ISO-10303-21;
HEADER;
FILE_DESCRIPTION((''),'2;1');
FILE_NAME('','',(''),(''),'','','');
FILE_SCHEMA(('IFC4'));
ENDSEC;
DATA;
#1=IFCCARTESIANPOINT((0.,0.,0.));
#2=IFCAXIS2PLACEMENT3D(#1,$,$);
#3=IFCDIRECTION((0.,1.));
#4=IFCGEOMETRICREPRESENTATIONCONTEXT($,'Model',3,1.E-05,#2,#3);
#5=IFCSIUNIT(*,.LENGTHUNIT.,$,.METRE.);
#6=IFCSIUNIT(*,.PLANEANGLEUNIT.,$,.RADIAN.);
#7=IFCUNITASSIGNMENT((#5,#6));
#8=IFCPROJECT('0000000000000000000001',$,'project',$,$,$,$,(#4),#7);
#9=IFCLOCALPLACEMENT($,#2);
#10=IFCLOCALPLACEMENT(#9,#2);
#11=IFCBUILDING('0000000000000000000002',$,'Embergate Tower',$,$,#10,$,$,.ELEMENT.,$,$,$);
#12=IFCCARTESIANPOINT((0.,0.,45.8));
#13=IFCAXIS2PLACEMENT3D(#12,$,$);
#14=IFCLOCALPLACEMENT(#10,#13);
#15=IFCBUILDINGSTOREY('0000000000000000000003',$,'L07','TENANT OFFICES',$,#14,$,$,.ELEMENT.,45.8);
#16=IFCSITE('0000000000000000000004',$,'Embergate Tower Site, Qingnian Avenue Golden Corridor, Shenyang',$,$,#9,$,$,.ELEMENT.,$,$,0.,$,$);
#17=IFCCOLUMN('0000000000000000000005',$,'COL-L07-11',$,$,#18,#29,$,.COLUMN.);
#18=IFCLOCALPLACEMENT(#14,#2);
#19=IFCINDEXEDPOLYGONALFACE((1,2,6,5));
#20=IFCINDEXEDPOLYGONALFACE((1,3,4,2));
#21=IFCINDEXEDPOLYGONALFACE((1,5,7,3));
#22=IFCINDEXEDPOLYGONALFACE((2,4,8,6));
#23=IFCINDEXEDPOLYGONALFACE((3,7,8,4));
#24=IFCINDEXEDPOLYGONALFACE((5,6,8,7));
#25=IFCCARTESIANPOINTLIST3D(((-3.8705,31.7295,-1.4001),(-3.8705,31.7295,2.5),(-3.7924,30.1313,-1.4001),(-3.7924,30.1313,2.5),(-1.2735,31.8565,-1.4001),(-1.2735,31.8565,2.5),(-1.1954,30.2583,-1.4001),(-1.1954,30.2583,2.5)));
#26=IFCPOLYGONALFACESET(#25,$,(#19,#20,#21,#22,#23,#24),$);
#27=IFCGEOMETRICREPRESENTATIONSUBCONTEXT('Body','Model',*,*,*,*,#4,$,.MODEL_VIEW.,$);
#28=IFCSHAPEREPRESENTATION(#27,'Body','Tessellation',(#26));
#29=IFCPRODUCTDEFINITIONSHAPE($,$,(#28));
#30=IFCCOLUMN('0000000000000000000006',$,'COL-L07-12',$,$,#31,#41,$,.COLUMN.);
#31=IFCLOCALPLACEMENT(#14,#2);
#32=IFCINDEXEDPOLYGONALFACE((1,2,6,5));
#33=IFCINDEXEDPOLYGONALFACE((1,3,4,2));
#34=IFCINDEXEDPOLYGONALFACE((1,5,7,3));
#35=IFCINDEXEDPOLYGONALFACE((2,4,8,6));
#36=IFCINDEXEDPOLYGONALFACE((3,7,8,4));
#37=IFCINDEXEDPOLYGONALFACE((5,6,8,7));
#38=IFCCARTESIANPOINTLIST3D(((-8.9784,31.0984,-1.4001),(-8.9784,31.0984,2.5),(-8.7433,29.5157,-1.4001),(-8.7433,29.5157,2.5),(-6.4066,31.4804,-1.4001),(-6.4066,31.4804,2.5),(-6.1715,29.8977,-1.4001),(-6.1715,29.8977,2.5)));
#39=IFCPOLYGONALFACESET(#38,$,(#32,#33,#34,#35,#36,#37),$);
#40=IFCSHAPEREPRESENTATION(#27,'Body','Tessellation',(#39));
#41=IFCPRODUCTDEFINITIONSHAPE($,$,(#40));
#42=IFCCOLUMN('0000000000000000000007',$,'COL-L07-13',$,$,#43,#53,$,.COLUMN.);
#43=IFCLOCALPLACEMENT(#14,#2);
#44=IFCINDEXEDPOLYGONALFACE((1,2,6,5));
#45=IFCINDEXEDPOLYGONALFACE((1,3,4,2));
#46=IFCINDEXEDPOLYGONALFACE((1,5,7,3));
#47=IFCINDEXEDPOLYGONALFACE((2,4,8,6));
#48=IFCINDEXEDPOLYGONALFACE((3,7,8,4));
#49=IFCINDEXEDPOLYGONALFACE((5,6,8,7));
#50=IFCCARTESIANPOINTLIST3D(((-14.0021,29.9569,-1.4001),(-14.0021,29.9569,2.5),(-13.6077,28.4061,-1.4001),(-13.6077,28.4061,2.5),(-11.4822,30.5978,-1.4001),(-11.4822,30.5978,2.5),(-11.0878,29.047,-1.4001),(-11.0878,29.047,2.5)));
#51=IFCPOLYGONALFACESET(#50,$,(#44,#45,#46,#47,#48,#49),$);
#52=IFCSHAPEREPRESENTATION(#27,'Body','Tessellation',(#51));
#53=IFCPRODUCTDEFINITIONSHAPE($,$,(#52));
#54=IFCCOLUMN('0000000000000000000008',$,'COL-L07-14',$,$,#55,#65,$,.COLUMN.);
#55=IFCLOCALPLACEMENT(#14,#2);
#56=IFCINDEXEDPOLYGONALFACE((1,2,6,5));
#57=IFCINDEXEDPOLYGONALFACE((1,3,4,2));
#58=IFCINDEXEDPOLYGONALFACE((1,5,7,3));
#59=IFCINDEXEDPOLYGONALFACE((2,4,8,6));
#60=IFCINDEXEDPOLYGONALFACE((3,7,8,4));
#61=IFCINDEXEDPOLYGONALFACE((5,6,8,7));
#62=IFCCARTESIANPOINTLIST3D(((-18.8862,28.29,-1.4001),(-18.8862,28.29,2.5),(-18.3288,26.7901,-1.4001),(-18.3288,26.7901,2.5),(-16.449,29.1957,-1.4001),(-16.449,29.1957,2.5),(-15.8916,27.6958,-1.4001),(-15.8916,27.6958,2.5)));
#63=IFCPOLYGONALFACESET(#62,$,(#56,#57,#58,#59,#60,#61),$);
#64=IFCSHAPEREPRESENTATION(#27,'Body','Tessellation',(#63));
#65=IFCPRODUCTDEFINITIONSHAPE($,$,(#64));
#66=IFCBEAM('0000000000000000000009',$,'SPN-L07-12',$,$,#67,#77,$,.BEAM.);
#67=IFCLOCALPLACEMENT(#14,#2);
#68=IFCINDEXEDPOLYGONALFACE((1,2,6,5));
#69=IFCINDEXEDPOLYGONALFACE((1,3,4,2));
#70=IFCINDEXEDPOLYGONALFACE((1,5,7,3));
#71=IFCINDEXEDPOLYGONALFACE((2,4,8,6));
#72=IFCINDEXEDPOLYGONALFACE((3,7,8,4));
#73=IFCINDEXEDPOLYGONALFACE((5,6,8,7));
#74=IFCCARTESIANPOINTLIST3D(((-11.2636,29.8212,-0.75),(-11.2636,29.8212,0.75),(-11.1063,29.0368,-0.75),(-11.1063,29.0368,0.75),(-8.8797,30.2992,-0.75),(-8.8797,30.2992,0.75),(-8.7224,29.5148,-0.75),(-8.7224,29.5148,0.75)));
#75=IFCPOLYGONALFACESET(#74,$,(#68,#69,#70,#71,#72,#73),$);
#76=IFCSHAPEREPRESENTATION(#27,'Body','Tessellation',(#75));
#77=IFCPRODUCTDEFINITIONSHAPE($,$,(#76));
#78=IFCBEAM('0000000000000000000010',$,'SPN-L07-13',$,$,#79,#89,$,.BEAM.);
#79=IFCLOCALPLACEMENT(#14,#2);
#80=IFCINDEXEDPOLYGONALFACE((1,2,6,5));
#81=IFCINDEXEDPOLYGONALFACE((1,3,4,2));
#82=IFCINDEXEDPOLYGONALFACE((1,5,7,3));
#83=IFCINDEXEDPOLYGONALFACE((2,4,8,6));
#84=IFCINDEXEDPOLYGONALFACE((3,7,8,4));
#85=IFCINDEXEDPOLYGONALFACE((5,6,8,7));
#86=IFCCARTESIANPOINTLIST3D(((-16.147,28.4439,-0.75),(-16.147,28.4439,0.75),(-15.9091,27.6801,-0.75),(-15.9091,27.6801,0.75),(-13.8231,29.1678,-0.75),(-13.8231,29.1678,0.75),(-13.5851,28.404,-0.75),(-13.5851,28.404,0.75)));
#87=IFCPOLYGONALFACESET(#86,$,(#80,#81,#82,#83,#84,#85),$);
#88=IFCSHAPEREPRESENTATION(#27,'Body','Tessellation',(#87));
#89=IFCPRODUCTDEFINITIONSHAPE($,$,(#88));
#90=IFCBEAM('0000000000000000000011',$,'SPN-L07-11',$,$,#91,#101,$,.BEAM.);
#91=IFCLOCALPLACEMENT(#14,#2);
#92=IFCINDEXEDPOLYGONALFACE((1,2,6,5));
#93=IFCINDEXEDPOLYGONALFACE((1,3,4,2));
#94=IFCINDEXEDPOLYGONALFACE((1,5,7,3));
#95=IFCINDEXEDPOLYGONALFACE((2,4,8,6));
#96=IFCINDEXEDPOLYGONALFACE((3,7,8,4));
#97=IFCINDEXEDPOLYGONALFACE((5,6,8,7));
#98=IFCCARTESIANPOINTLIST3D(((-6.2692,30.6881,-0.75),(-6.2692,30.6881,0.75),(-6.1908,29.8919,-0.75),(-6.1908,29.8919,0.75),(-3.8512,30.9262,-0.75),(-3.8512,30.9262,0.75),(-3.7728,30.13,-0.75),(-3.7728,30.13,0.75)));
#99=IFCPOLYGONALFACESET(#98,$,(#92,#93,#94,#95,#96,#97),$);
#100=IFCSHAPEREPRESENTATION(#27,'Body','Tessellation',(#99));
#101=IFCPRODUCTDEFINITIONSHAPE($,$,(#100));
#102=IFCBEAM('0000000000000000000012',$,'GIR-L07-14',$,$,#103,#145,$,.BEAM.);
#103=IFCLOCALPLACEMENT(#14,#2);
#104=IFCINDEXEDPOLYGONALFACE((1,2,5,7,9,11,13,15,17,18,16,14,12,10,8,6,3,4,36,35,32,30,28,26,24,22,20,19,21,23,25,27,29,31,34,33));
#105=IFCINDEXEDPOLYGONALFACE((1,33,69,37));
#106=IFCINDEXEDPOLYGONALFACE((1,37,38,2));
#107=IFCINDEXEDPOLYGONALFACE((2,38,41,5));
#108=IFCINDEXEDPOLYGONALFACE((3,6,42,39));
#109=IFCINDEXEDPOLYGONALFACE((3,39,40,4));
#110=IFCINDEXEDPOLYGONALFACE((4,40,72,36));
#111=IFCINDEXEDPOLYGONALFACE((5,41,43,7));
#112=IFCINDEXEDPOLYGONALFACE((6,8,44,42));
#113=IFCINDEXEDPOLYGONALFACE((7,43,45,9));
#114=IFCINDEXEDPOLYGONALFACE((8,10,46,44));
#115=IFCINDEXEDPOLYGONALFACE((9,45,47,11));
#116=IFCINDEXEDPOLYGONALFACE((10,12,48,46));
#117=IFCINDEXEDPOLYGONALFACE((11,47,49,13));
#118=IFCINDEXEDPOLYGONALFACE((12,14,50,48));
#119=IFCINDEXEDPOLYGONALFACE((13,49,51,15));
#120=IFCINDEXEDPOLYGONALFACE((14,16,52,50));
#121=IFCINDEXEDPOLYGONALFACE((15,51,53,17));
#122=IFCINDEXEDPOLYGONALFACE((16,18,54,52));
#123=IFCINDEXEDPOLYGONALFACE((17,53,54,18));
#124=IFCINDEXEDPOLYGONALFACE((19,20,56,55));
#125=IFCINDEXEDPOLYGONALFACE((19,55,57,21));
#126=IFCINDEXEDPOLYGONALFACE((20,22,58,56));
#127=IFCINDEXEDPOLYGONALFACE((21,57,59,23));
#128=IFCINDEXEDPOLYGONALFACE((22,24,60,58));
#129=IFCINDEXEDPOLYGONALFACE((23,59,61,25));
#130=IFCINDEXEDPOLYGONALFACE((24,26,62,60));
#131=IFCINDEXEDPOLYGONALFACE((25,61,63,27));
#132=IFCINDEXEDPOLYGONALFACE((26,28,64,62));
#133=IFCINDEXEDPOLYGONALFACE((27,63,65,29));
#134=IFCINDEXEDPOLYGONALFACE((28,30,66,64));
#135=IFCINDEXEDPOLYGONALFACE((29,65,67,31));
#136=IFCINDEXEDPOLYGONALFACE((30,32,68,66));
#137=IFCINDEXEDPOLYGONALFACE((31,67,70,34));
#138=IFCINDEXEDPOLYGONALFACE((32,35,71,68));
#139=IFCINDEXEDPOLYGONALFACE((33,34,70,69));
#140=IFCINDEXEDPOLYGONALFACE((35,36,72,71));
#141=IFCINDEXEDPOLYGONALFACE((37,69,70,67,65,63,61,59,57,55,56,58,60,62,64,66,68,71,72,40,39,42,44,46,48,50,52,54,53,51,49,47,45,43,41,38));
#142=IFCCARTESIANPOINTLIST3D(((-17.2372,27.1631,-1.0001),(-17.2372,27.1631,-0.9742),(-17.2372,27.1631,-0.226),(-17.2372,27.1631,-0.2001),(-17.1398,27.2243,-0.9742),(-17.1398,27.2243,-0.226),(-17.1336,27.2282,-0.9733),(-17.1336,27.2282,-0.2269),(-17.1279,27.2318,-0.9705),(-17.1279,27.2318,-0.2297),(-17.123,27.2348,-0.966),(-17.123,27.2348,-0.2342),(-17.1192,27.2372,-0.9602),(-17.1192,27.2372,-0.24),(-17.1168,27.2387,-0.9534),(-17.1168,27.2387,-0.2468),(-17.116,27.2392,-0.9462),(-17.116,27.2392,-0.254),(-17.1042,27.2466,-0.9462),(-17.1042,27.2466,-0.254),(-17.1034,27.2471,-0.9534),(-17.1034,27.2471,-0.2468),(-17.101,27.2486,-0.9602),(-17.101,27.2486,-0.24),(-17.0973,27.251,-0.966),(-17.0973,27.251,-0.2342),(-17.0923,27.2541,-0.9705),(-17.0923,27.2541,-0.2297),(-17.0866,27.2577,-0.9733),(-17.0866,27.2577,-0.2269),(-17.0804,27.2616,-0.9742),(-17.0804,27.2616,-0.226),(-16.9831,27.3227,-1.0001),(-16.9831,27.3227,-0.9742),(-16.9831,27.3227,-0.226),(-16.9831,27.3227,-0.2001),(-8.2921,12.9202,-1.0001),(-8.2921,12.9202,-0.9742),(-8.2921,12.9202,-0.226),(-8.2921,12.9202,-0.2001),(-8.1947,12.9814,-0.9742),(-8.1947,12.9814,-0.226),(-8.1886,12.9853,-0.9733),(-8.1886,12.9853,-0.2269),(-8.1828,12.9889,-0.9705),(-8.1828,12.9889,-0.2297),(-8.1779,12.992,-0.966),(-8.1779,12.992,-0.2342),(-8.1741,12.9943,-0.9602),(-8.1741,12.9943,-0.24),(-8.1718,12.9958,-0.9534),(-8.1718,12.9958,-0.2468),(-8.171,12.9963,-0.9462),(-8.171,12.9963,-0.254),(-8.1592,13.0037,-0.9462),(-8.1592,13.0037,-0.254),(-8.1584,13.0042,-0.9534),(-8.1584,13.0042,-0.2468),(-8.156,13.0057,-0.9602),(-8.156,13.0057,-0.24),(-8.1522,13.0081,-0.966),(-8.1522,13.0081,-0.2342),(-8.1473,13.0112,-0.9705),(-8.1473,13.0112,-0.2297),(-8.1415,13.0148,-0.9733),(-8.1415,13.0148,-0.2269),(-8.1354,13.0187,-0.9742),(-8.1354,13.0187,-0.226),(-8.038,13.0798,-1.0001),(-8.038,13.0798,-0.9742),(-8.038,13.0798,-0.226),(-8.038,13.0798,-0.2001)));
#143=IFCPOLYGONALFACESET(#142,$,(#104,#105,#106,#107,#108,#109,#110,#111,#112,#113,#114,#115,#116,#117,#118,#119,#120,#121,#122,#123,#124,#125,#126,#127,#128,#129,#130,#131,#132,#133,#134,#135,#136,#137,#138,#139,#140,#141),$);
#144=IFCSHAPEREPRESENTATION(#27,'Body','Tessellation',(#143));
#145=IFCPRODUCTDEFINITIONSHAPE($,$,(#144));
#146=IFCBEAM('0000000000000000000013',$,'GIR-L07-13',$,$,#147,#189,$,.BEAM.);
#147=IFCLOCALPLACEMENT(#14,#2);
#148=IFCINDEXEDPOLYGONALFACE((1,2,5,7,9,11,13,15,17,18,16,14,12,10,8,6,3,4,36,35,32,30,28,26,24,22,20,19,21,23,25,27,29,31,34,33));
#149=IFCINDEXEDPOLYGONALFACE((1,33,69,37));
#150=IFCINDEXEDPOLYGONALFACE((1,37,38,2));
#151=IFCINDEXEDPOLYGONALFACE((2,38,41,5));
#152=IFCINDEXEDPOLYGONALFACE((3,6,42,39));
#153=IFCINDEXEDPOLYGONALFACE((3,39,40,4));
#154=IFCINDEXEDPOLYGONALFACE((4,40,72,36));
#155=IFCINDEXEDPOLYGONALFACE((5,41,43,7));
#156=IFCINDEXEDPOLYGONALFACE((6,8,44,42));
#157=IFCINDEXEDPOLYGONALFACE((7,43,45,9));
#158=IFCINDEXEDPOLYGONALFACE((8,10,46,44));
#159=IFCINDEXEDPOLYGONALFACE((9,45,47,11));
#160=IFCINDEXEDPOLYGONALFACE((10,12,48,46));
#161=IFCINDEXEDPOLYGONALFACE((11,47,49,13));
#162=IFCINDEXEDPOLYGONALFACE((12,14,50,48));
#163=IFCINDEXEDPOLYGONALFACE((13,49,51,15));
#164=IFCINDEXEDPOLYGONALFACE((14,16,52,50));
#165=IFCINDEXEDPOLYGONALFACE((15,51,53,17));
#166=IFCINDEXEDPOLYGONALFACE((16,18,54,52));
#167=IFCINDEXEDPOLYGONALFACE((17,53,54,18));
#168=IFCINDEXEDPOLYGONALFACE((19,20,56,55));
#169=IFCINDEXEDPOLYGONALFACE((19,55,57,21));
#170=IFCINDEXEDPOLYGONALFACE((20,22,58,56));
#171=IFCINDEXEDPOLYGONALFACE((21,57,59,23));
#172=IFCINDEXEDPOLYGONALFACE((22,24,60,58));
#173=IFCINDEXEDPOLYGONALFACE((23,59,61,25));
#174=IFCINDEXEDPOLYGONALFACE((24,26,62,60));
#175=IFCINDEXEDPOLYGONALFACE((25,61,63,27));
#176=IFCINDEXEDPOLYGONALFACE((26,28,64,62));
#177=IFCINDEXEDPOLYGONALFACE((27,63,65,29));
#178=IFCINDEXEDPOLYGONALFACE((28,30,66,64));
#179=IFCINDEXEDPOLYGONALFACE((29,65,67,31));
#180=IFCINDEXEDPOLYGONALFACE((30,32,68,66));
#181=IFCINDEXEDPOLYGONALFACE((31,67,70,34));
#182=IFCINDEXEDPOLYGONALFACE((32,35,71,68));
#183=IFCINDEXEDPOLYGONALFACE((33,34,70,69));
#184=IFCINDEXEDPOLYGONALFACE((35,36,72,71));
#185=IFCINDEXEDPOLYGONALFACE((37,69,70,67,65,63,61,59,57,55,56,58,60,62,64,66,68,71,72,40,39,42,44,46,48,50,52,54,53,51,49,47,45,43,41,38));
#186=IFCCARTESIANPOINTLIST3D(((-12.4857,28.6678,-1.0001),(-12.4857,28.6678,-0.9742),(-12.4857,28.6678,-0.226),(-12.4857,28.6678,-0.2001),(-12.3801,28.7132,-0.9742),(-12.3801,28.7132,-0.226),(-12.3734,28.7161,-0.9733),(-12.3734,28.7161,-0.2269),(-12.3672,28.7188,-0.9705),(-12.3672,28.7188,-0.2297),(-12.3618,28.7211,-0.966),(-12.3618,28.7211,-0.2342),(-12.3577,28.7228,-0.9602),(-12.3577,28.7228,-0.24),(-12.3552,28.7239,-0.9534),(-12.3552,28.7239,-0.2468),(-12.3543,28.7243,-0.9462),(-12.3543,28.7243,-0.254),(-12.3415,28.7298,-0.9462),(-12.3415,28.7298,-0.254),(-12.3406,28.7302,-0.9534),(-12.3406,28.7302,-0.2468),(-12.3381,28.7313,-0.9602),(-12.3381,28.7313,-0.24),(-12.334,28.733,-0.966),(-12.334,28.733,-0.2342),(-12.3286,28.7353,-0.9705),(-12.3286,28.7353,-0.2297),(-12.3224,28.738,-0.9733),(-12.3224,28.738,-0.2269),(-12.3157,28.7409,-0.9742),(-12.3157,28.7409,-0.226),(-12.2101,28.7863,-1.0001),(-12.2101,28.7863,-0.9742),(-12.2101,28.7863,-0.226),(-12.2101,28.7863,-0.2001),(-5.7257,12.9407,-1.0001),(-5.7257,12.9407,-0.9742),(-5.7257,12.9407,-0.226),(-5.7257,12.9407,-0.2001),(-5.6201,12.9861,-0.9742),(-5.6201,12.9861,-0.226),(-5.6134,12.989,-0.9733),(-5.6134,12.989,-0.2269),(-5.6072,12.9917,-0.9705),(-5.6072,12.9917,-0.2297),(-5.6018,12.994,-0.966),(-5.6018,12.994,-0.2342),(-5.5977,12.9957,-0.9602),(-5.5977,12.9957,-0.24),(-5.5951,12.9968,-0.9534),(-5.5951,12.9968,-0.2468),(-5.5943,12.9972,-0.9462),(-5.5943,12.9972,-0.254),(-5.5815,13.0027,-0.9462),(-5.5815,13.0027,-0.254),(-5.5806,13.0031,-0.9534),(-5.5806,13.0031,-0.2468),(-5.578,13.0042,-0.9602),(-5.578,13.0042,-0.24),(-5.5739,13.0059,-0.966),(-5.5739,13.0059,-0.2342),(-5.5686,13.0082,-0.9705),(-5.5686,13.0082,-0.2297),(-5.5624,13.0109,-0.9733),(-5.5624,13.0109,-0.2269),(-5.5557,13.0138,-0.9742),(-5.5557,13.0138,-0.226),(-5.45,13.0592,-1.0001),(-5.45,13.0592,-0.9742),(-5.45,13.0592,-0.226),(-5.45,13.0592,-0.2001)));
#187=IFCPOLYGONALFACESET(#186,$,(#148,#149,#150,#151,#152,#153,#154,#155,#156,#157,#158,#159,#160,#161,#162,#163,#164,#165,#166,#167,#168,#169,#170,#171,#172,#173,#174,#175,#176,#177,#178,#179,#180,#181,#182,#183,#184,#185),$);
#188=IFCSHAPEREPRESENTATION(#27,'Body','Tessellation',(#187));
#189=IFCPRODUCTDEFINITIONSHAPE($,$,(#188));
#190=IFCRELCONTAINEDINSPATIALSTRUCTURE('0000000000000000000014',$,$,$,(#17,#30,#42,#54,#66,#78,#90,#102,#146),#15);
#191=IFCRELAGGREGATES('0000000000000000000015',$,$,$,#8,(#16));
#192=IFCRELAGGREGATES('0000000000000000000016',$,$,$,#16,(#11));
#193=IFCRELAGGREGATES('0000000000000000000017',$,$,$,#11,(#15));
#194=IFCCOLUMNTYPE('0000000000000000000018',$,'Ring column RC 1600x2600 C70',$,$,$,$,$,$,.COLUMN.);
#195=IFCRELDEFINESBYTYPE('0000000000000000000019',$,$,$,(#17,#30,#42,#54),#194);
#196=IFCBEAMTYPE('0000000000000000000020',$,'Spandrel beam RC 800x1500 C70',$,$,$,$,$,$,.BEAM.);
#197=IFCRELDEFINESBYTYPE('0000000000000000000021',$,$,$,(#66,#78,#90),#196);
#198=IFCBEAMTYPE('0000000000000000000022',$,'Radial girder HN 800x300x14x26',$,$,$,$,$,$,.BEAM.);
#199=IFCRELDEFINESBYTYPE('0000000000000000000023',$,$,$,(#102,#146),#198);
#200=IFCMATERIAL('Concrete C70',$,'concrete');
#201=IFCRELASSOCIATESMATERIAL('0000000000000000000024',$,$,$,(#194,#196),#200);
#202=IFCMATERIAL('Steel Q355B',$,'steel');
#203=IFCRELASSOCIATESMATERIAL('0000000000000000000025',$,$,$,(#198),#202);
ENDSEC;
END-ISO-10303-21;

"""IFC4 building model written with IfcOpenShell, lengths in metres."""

from ifc_helpers import new_model, si_unit, direction, frame, origin, origin_2d, place, context, subcontext, project, spatial, rectangle, i_section, extrude, source, transform, mapped, material, material_profile, profile_set, type_object, element, save


model = new_model("IFC4")

# Units and contexts
model_context = context("Model", 3, precision=1e-05, world=origin(), true_north=direction((0.0, 1.0)))
body_context = subcontext(model_context, "Body", "Model", "MODEL_VIEW")
ifc_project = project(units=[si_unit("LENGTHUNIT", "METRE"), si_unit("PLANEANGLEUNIT", "RADIAN")], contexts=[model_context])

# Site, building, storey
site_placement = place(None, origin())
site = spatial("IfcSite", under=ifc_project, at=site_placement, Name="Embergate Tower Site, Qingnian Avenue Golden Corridor, Shenyang", CompositionType="ELEMENT", RefElevation=0.0)
building_placement = place(site_placement, origin())
building = spatial("IfcBuilding", under=site, at=building_placement, Name="Embergate Tower", CompositionType="ELEMENT")
storey_placement = place(building_placement, frame((0.0, 0.0, 45.8)))
storey = spatial("IfcBuildingStorey", under=building, at=storey_placement, Name="L07", Description="TENANT OFFICES", CompositionType="ELEMENT", Elevation=45.8)

# Columns
ifc_material_1 = material(Name="Concrete C70", Category="concrete")
ifc_material_profile_1 = material_profile(ifc_material_1, rectangle(XDim=1.6001, YDim=2.6001, at=origin_2d()), Name="RC 1600x2600")
ifc_profile_set_1 = profile_set([ifc_material_profile_1], Name="Concrete C70")
column_type = type_object("IfcColumnType", Name="Ring column RC 1600x2600 C70", PredefinedType="COLUMN", material=ifc_profile_set_1)
shared_shape_1 = source(origin(), body_context, "Body", "SweptSolid", [
    extrude(rectangle(XDim=1.6001, YDim=2.6001, at=origin_2d()), origin(), (0.0, 0.0, 1.0), 3.9001),
])
for number, where, z_axis, x_axis, name in (
    (1, (-2.533, 30.9939, -1.4001), (0.0, 0.0, 1.0), (-0.048815, 0.998808, 0.0), "COL-L07-11"),
    (2, (-7.575, 30.498, -1.4001), (0.0, 0.0, 1.0), (-0.146929, 0.989147, 0.0), "COL-L07-12"),
    (3, (-12.5449, 29.502, -1.4001), (0.0, 0.0, 1.0), (-0.246492, 0.969145, 0.0), "COL-L07-13"),
    (4, (-17.3889, 27.9929, -1.4001), (0.0, 0.0, 1.0), (-0.348343, 0.937367, 0.0), "COL-L07-14"),
):
    element("IfcColumn", number, at=place(storey_placement, frame(where, z_axis=z_axis, x_axis=x_axis)), inside=storey, type_object=column_type, Name=name, PredefinedType="COLUMN", context=body_context, shape_type="MappedRepresentation", body=[
        mapped(shared_shape_1, transform((0.0, 0.0, 0.0))),
    ])

# Beams
ifc_material_profile_2 = material_profile(ifc_material_1, rectangle(XDim=0.8, YDim=1.5, at=origin_2d()), Name="RC 800x1500")
ifc_profile_set_2 = profile_set([ifc_material_profile_2], Name="Concrete C70")
beam_type_1 = type_object("IfcBeamType", Name="Spandrel beam RC 800x1500 C70", PredefinedType="BEAM", material=ifc_profile_set_2)
shared_shape_2 = source(origin(), body_context, "Body", "SweptSolid", [
    extrude(rectangle(XDim=0.8, YDim=1.5, at=origin_2d()), origin(), (0.0, 0.0, 1.0), 2.4314),
])
beam_1_placement = place(storey_placement, frame((-8.801, 29.907, 0.0), z_axis=(-0.980484, -0.196599, 0.0), x_axis=(0.196599, -0.980484, 0.0)))
element("IfcBeam", 5, at=beam_1_placement, inside=storey, type_object=beam_type_1, Name="SPN-L07-12", PredefinedType="BEAM", context=body_context, shape_type="MappedRepresentation", body=[
    mapped(shared_shape_2, transform((0.0, 0.0, 0.0))),
])
shared_shape_3 = source(origin(), body_context, "Body", "SweptSolid", [
    extrude(rectangle(XDim=0.8, YDim=1.5, at=origin_2d()), origin(), (0.0, 0.0, 1.0), 2.4341),
])
beam_2_placement = place(storey_placement, frame((-13.7041, 28.7859, 0.0), z_axis=(-0.954756, -0.29739, 0.0), x_axis=(0.29739, -0.954756, 0.0)))
element("IfcBeam", 6, at=beam_2_placement, inside=storey, type_object=beam_type_1, Name="SPN-L07-13", PredefinedType="BEAM", context=body_context, shape_type="MappedRepresentation", body=[
    mapped(shared_shape_3, transform((0.0, 0.0, 0.0))),
])
shared_shape_4 = source(origin(), body_context, "Body", "SweptSolid", [
    extrude(rectangle(XDim=0.8, YDim=1.5, at=origin_2d()), origin(), (0.0, 0.0, 1.0), 2.4297),
])
beam_3_placement = place(storey_placement, frame((-3.812, 30.5281, 0.0), z_axis=(-0.995189, -0.097971, 0.0), x_axis=(0.097971, -0.995189, 0.0)))
element("IfcBeam", 7, at=beam_3_placement, inside=storey, type_object=beam_type_1, Name="SPN-L07-11", PredefinedType="BEAM", context=body_context, shape_type="MappedRepresentation", body=[
    mapped(shared_shape_4, transform((0.0, 0.0, 0.0))),
])
ifc_material_2 = material(Name="Steel Q355B", Category="steel")
ifc_material_profile_3 = material_profile(ifc_material_2, i_section(OverallWidth=0.3, OverallDepth=0.8, WebThickness=0.0139, FlangeThickness=0.0259, FilletRadius=0.0281, at=origin_2d()), Name="HN 800x300x14x26")
ifc_profile_set_3 = profile_set([ifc_material_profile_3], Name="Steel Q355 grade B")
beam_type_2 = type_object("IfcBeamType", Name="Radial girder HN 800x300x14x26", PredefinedType="BEAM", material=ifc_profile_set_3)
shared_shape_5 = source(origin(), body_context, "Body", "SweptSolid", [
    extrude(i_section(OverallWidth=0.3, OverallDepth=0.8, WebThickness=0.0139, FlangeThickness=0.0259, FilletRadius=0.0281, at=origin_2d()), origin(), (0.0, 0.0, 1.0), 16.8188),
])
beam_4_placement = place(storey_placement, frame((-17.1101, 27.2429, -0.6001), z_axis=(0.531847, -0.846841, 0.0), x_axis=(0.846841, 0.531847, 0.0)))
element("IfcBeam", 8, at=beam_4_placement, inside=storey, type_object=beam_type_2, Name="GIR-L07-14", PredefinedType="BEAM", context=body_context, shape_type="MappedRepresentation", body=[
    mapped(shared_shape_5, transform((0.0, 0.0, 0.0))),
])
shared_shape_6 = source(origin(), body_context, "Body", "SweptSolid", [
    extrude(i_section(OverallWidth=0.3, OverallDepth=0.8, WebThickness=0.0139, FlangeThickness=0.0259, FilletRadius=0.0281, at=origin_2d()), origin(), (0.0, 0.0, 1.0), 17.1184),
])
beam_5_placement = place(storey_placement, frame((-12.3479, 28.7271, -0.6001), z_axis=(0.394898, -0.918725, 0.0), x_axis=(0.918725, 0.394898, 0.0)))
element("IfcBeam", 9, at=beam_5_placement, inside=storey, type_object=beam_type_2, Name="GIR-L07-13", PredefinedType="BEAM", context=body_context, shape_type="MappedRepresentation", body=[
    mapped(shared_shape_6, transform((0.0, 0.0, 0.0))),
])

save(model, "model.ifc")
